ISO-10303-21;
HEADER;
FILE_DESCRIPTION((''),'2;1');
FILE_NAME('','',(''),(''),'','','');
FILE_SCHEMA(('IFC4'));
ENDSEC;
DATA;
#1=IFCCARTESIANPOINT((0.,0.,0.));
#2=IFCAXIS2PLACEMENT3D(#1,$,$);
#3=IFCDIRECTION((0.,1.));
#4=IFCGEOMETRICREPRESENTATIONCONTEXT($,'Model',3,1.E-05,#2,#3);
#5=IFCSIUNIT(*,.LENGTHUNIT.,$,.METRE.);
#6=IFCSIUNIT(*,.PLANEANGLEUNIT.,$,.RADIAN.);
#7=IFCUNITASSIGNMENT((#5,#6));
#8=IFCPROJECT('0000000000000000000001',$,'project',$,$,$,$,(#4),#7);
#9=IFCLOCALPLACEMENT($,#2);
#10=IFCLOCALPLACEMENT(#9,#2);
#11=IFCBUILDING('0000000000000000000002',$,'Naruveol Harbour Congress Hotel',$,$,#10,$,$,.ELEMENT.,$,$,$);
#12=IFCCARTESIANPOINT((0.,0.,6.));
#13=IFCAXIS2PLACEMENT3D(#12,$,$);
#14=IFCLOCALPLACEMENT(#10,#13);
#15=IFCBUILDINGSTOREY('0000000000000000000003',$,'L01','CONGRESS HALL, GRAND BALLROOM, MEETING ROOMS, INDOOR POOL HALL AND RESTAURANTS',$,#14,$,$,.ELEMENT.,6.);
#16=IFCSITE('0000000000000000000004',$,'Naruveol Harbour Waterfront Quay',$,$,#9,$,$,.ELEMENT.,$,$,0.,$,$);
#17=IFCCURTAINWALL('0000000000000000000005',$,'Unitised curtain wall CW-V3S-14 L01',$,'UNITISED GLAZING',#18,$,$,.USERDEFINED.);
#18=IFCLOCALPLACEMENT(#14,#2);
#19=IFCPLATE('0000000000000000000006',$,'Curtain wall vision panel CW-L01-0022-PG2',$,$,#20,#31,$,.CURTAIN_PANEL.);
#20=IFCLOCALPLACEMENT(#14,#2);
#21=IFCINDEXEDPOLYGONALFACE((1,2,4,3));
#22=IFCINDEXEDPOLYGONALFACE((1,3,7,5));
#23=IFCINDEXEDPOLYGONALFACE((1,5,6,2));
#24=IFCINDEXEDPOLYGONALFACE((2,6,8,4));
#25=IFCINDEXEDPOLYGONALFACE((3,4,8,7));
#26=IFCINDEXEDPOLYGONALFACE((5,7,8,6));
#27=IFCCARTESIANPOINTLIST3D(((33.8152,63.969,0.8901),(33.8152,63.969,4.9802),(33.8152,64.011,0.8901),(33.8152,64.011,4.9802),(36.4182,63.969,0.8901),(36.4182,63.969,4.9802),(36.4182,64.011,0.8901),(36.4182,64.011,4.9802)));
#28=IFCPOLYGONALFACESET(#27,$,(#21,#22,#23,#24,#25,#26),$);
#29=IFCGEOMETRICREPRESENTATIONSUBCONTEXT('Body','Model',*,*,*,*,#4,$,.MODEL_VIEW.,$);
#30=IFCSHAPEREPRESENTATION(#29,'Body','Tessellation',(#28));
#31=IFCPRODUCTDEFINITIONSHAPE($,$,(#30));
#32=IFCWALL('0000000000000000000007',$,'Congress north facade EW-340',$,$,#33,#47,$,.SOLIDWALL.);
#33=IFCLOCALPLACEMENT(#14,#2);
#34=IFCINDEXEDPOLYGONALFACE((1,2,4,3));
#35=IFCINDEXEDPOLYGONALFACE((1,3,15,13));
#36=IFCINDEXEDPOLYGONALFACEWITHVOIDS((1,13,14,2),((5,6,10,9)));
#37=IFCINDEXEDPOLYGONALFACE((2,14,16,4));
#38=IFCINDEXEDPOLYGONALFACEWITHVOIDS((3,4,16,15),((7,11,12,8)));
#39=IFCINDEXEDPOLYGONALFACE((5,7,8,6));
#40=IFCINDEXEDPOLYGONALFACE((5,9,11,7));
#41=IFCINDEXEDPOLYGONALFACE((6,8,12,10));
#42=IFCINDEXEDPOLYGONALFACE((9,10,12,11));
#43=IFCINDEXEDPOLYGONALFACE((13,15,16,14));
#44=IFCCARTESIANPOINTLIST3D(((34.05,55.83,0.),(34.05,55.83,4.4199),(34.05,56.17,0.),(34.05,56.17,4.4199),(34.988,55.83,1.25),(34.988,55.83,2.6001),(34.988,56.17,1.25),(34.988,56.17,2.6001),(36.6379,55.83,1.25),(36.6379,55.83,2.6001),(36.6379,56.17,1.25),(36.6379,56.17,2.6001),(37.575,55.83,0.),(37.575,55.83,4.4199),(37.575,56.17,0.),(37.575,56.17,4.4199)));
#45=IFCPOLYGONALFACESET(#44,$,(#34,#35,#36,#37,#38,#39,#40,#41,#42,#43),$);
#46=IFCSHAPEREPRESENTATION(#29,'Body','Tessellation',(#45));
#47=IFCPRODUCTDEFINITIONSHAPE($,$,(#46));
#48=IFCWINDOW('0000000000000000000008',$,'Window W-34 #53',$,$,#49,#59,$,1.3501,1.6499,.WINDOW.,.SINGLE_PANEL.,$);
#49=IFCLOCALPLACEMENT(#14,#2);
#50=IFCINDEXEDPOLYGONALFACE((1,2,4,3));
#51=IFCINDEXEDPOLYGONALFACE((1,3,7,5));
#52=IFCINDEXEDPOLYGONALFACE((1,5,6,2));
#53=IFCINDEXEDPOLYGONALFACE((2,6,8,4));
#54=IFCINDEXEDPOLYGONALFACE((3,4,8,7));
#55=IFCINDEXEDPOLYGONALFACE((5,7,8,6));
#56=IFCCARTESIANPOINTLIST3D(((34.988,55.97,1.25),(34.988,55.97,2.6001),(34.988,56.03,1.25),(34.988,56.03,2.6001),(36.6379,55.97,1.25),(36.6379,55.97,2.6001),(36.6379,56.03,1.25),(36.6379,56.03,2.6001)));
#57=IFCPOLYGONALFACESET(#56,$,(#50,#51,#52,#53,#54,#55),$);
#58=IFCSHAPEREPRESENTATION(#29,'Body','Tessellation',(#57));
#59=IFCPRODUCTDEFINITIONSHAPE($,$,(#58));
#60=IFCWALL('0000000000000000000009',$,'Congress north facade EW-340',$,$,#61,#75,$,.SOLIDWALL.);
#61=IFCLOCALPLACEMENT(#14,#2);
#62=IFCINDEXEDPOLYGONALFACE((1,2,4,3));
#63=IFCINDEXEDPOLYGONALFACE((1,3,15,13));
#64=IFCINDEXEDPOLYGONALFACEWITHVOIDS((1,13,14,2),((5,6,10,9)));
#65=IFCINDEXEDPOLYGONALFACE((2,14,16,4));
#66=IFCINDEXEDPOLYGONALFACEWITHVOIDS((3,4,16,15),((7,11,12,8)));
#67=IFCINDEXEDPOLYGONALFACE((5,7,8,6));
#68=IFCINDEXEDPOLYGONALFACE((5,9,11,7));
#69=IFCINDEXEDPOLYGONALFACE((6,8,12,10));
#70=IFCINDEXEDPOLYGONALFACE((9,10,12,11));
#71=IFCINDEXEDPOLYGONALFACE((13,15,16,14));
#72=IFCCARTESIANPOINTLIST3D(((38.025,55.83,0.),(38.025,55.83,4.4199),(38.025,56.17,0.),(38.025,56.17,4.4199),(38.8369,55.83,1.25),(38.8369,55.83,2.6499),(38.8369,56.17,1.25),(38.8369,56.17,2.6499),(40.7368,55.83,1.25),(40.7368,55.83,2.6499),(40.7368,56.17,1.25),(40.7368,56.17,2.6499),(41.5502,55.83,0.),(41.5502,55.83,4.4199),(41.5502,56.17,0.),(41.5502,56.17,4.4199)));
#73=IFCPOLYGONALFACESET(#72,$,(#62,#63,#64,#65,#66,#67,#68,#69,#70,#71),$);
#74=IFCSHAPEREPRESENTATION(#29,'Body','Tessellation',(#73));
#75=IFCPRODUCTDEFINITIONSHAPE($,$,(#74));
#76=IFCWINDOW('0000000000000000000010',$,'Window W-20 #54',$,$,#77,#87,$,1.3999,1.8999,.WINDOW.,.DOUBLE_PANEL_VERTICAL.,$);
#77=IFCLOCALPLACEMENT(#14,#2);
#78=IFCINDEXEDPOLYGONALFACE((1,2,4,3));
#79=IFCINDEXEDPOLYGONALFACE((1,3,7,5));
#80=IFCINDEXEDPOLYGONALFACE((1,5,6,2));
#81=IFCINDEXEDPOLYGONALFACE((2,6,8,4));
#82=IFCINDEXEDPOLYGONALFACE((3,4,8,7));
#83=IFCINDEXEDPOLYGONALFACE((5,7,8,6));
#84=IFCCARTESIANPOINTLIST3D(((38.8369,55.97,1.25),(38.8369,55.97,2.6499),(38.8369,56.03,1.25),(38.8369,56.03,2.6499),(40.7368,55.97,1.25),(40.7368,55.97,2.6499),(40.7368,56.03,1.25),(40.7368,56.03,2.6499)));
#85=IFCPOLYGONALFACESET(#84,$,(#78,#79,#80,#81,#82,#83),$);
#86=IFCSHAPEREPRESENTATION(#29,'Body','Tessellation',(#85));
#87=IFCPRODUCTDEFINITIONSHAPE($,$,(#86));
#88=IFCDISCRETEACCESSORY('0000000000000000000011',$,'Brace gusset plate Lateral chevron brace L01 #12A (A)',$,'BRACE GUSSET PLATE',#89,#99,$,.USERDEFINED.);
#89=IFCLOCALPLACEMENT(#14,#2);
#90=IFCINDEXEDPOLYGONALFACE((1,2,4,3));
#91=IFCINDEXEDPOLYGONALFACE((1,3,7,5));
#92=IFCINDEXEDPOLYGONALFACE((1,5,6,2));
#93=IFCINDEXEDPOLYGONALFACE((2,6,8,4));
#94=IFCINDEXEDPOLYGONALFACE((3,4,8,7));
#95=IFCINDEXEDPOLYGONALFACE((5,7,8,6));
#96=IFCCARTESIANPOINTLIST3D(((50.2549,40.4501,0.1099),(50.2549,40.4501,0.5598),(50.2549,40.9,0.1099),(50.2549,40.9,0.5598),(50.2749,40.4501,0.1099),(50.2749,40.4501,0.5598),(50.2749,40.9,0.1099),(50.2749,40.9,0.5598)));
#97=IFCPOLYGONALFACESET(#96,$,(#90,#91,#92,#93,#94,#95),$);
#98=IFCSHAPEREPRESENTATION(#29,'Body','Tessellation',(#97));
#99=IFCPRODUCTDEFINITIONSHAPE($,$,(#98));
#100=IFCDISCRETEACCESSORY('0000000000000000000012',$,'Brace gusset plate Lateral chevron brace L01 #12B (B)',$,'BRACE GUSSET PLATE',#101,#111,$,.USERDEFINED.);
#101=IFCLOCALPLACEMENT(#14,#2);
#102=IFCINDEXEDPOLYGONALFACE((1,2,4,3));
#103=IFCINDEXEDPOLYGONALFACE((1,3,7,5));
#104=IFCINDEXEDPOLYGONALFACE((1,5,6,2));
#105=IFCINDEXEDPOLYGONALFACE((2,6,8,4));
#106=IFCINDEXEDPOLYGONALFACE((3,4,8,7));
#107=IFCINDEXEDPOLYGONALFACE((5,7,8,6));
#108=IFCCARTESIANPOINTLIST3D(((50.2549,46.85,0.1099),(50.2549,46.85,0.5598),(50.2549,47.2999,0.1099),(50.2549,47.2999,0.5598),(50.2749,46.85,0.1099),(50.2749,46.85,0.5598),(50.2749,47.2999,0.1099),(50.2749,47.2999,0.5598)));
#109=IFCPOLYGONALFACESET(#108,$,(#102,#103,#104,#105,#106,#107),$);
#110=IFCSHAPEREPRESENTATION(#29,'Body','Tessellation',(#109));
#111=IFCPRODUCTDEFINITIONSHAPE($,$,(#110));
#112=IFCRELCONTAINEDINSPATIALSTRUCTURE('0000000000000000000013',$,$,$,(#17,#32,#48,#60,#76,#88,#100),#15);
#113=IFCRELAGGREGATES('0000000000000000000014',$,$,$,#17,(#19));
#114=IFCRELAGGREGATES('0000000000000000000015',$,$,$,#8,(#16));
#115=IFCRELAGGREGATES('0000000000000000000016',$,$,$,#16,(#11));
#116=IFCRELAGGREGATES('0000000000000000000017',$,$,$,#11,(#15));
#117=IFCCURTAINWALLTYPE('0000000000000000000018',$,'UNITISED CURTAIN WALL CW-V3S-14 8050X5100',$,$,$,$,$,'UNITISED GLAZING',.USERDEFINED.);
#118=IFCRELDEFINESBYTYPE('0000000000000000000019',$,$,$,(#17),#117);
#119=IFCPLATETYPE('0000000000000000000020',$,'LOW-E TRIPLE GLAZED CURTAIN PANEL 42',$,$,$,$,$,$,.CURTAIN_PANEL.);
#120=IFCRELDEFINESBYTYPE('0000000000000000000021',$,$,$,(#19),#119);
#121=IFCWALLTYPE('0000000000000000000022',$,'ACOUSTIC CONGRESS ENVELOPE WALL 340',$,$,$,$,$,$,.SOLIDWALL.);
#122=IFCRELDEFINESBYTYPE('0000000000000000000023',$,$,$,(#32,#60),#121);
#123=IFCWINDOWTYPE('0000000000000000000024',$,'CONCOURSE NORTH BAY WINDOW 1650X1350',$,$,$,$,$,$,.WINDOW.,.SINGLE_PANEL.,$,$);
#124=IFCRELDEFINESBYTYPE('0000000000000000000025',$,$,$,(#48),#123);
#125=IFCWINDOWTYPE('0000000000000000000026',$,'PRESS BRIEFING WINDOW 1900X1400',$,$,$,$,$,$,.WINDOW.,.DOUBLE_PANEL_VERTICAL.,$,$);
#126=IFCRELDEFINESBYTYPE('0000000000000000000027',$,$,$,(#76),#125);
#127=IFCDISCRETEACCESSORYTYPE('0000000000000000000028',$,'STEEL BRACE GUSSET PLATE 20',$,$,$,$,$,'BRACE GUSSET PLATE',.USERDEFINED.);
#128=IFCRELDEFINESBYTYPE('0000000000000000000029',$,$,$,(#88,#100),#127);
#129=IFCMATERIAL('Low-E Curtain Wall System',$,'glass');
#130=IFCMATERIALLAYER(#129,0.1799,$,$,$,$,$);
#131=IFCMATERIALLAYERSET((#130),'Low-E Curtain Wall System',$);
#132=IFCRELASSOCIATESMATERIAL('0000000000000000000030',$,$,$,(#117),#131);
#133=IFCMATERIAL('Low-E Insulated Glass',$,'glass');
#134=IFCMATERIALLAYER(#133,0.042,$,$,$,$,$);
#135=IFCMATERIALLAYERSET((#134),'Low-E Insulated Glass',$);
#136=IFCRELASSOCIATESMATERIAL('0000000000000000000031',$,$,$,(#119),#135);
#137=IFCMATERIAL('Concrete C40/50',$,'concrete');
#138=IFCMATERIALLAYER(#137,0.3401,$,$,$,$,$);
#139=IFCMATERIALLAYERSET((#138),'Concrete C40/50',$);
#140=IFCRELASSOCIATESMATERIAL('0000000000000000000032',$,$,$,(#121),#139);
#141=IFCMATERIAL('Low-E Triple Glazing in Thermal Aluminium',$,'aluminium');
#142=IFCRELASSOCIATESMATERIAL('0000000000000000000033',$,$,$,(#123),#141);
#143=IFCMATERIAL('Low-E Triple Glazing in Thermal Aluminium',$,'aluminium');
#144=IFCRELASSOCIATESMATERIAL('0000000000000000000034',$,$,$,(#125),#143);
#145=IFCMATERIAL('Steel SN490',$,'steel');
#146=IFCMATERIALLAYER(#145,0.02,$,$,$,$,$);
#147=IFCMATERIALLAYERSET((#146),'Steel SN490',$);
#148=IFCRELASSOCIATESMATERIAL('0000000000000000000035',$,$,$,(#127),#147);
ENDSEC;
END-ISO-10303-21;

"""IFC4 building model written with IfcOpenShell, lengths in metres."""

from ifc_helpers import new_model, si_unit, direction, frame, frame_2d, origin, origin_2d, place, context, subcontext, project, spatial, rectangle, extrude, material, layer, layer_set, type_object, element, fill, aggregate, save


model = new_model("IFC4")

# Units and contexts
model_context = context("Model", 3, precision=1e-05, world=origin(), true_north=direction((0.0, 1.0)))
body_context = subcontext(model_context, "Body", "Model", "MODEL_VIEW")
ifc_project = project(units=[si_unit("LENGTHUNIT", "METRE"), si_unit("PLANEANGLEUNIT", "RADIAN")], contexts=[model_context])

# Site, building, storey
site_placement = place(None, origin())
site = spatial("IfcSite", under=ifc_project, at=site_placement, Name="Naruveol Harbour Waterfront Quay", CompositionType="ELEMENT", RefElevation=0.0)
building_placement = place(site_placement, origin())
building = spatial("IfcBuilding", under=site, at=building_placement, Name="Naruveol Harbour Congress Hotel", CompositionType="ELEMENT")
storey_placement = place(building_placement, frame((0.0, 0.0, 6.0)))
storey = spatial("IfcBuildingStorey", under=building, at=storey_placement, Name="L01", Description="CONGRESS HALL, GRAND BALLROOM, MEETING ROOMS, INDOOR POOL HALL AND RESTAURANTS", CompositionType="ELEMENT", Elevation=6.0)

# Curtain wall
ifc_material_1 = material(Name="Low-E Curtain Wall System", Category="glass")
ifc_layer_1 = layer(ifc_material_1, 0.1799)
ifc_layer_set_1 = layer_set([ifc_layer_1], Name="Low-E Curtain Wall System")
curtain_wall_type_1 = type_object("IfcCurtainWallType", Name="UNITISED CURTAIN WALL CW-V3S-14 8050X5100", ElementType="UNITISED GLAZING", PredefinedType="USERDEFINED", material=ifc_layer_set_1)
curtain_wall_1_placement = place(storey_placement, origin())
curtain_wall_1 = element("IfcCurtainWall", 1, at=curtain_wall_1_placement, inside=storey, type_object=curtain_wall_type_1, Name="Unitised curtain wall CW-V3S-14 L01", ObjectType="UNITISED GLAZING", PredefinedType="USERDEFINED")

# Plate
ifc_material_2 = material(Name="Low-E Insulated Glass", Category="glass")
ifc_layer_2 = layer(ifc_material_2, 0.042)
ifc_layer_set_2 = layer_set([ifc_layer_2], Name="Low-E Insulated Glass")
plate_type_1 = type_object("IfcPlateType", Name="LOW-E TRIPLE GLAZED CURTAIN PANEL 42", PredefinedType="CURTAIN_PANEL", material=ifc_layer_set_2)
plate_1_placement = place(storey_placement, frame((35.1167, 63.99, 0.8901), z_axis=(0.0, 0.0, 1.0), x_axis=(-1.0, 0.0, 0.0)))
plate_1 = element("IfcPlate", 2, at=plate_1_placement, type_object=plate_type_1, Name="Curtain wall vision panel CW-L01-0022-PG2", PredefinedType="CURTAIN_PANEL", context=body_context, shape_type="SweptSolid", body=[
    extrude(rectangle(XDim=2.603, YDim=0.042, at=origin_2d()), origin(), (0.0, 0.0, 1.0), 4.0901),
])
aggregate(curtain_wall_1, [plate_1])

# Walls, openings, windows
ifc_material_3 = material(Name="Concrete C40/50", Category="concrete")
ifc_layer_3 = layer(ifc_material_3, 0.3401)
ifc_layer_set_3 = layer_set([ifc_layer_3], Name="Concrete C40/50")
wall_type = type_object("IfcWallType", Name="ACOUSTIC CONGRESS ENVELOPE WALL 340", PredefinedType="SOLIDWALL", material=ifc_layer_set_3)
wall_1_placement = place(storey_placement, frame((34.05, 56.0, 0.0), z_axis=(0.0, 0.0, 1.0), x_axis=(1.0, 0.0, 0.0)))
wall_1 = element("IfcWall", 3, at=wall_1_placement, inside=storey, type_object=wall_type, Name="Congress north facade EW-340", PredefinedType="SOLIDWALL", context=body_context, shape_type="SweptSolid", body=[
    extrude(rectangle(XDim=3.5249, YDim=0.3401, at=frame_2d((1.7625, 0.0))), origin(), (0.0, 0.0, 1.0), 4.4199),
])
opening_1_placement = place(wall_1_placement, frame((0.938, 0.0, 1.25)))
opening_1 = element("IfcOpeningElement", 4, at=opening_1_placement, cuts=wall_1, PredefinedType="OPENING", context=body_context, shape_type="SweptSolid", body=[
    extrude(rectangle(XDim=1.6499, YDim=1.3501, at=frame_2d((0.825, 0.675))), frame((0.0, 0.1799, 0.0), z_axis=(0.0, -1.0, 0.0), x_axis=(1.0, 0.0, 0.0)), (0.0, 0.0, 1.0), 0.3601),
])
ifc_material_4 = material(Name="Low-E Triple Glazing in Thermal Aluminium", Category="aluminium")
window_type_1 = type_object("IfcWindowType", Name="CONCOURSE NORTH BAY WINDOW 1650X1350", PartitioningType="SINGLE_PANEL", PredefinedType="WINDOW", material=ifc_material_4)
window_1_placement = place(opening_1_placement, origin())
window_1 = element("IfcWindow", 5, at=window_1_placement, inside=storey, type_object=window_type_1, Name="Window W-34 #53", OverallHeight=1.3501, OverallWidth=1.6499, PartitioningType="SINGLE_PANEL", PredefinedType="WINDOW", context=body_context, shape_type="SweptSolid", body=[
    extrude(rectangle(XDim=1.6499, YDim=1.3501, at=frame_2d((0.825, 0.675))), frame((0.0, 0.03, 0.0), z_axis=(0.0, -1.0, 0.0), x_axis=(1.0, 0.0, 0.0)), (0.0, 0.0, 1.0), 0.0601),
])
fill(opening_1, window_1)
wall_2_placement = place(storey_placement, frame((38.0249, 56.0, 0.0), z_axis=(0.0, 0.0, 1.0), x_axis=(1.0, 0.0, 0.0)))
wall_2 = element("IfcWall", 6, at=wall_2_placement, inside=storey, type_object=wall_type, Name="Congress north facade EW-340", PredefinedType="SOLIDWALL", context=body_context, shape_type="SweptSolid", body=[
    extrude(rectangle(XDim=3.5251, YDim=0.3401, at=frame_2d((1.7627, 0.0))), origin(), (0.0, 0.0, 1.0), 4.4199),
])
opening_2_placement = place(wall_2_placement, frame((0.812, 0.0, 1.25)))
opening_2 = element("IfcOpeningElement", 7, at=opening_2_placement, cuts=wall_2, PredefinedType="OPENING", context=body_context, shape_type="SweptSolid", body=[
    extrude(rectangle(XDim=1.8999, YDim=1.3999, at=frame_2d((0.95, 0.7))), frame((0.0, 0.1799, 0.0), z_axis=(0.0, -1.0, 0.0), x_axis=(1.0, 0.0, 0.0)), (0.0, 0.0, 1.0), 0.3601),
])
ifc_material_5 = material(Name="Low-E Triple Glazing in Thermal Aluminium", Category="aluminium")
window_type_2 = type_object("IfcWindowType", Name="PRESS BRIEFING WINDOW 1900X1400", PartitioningType="DOUBLE_PANEL_VERTICAL", PredefinedType="WINDOW", material=ifc_material_5)
window_2_placement = place(opening_2_placement, origin())
window_2 = element("IfcWindow", 8, at=window_2_placement, inside=storey, type_object=window_type_2, Name="Window W-20 #54", OverallHeight=1.3999, OverallWidth=1.8999, PartitioningType="DOUBLE_PANEL_VERTICAL", PredefinedType="WINDOW", context=body_context, shape_type="SweptSolid", body=[
    extrude(rectangle(XDim=1.8999, YDim=1.3999, at=frame_2d((0.95, 0.7))), frame((0.0, 0.03, 0.0), z_axis=(0.0, -1.0, 0.0), x_axis=(1.0, 0.0, 0.0)), (0.0, 0.0, 1.0), 0.0601),
])
fill(opening_2, window_2)

# Discrete accessories
ifc_material_6 = material(Name="Steel SN490", Category="steel")
ifc_layer_4 = layer(ifc_material_6, 0.02)
ifc_layer_set_4 = layer_set([ifc_layer_4], Name="Steel SN490")
discrete_accessory_type = type_object("IfcDiscreteAccessoryType", Name="STEEL BRACE GUSSET PLATE 20", ElementType="BRACE GUSSET PLATE", PredefinedType="USERDEFINED", material=ifc_layer_set_4)
for number, where, z_axis, x_axis, name in (
    (9, (50.2649, 40.675, 0.1099), (0.0, 0.0, 1.0), (0.0, 1.0, 0.0), "Brace gusset plate Lateral chevron brace L01 #12A (A)"),
    (10, (50.2649, 47.075, 0.1099), (0.0, 0.0, 1.0), (0.0, -1.0, 0.0), "Brace gusset plate Lateral chevron brace L01 #12B (B)"),
):
    element("IfcDiscreteAccessory", number, at=place(storey_placement, frame(where, z_axis=z_axis, x_axis=x_axis)), inside=storey, type_object=discrete_accessory_type, Name=name, ObjectType="BRACE GUSSET PLATE", PredefinedType="USERDEFINED", context=body_context, shape_type="SweptSolid", body=[
        extrude(rectangle(XDim=0.45, YDim=0.02, at=origin_2d()), origin(), (0.0, 0.0, 1.0), 0.45),
    ])

save(model, "model.ifc")
